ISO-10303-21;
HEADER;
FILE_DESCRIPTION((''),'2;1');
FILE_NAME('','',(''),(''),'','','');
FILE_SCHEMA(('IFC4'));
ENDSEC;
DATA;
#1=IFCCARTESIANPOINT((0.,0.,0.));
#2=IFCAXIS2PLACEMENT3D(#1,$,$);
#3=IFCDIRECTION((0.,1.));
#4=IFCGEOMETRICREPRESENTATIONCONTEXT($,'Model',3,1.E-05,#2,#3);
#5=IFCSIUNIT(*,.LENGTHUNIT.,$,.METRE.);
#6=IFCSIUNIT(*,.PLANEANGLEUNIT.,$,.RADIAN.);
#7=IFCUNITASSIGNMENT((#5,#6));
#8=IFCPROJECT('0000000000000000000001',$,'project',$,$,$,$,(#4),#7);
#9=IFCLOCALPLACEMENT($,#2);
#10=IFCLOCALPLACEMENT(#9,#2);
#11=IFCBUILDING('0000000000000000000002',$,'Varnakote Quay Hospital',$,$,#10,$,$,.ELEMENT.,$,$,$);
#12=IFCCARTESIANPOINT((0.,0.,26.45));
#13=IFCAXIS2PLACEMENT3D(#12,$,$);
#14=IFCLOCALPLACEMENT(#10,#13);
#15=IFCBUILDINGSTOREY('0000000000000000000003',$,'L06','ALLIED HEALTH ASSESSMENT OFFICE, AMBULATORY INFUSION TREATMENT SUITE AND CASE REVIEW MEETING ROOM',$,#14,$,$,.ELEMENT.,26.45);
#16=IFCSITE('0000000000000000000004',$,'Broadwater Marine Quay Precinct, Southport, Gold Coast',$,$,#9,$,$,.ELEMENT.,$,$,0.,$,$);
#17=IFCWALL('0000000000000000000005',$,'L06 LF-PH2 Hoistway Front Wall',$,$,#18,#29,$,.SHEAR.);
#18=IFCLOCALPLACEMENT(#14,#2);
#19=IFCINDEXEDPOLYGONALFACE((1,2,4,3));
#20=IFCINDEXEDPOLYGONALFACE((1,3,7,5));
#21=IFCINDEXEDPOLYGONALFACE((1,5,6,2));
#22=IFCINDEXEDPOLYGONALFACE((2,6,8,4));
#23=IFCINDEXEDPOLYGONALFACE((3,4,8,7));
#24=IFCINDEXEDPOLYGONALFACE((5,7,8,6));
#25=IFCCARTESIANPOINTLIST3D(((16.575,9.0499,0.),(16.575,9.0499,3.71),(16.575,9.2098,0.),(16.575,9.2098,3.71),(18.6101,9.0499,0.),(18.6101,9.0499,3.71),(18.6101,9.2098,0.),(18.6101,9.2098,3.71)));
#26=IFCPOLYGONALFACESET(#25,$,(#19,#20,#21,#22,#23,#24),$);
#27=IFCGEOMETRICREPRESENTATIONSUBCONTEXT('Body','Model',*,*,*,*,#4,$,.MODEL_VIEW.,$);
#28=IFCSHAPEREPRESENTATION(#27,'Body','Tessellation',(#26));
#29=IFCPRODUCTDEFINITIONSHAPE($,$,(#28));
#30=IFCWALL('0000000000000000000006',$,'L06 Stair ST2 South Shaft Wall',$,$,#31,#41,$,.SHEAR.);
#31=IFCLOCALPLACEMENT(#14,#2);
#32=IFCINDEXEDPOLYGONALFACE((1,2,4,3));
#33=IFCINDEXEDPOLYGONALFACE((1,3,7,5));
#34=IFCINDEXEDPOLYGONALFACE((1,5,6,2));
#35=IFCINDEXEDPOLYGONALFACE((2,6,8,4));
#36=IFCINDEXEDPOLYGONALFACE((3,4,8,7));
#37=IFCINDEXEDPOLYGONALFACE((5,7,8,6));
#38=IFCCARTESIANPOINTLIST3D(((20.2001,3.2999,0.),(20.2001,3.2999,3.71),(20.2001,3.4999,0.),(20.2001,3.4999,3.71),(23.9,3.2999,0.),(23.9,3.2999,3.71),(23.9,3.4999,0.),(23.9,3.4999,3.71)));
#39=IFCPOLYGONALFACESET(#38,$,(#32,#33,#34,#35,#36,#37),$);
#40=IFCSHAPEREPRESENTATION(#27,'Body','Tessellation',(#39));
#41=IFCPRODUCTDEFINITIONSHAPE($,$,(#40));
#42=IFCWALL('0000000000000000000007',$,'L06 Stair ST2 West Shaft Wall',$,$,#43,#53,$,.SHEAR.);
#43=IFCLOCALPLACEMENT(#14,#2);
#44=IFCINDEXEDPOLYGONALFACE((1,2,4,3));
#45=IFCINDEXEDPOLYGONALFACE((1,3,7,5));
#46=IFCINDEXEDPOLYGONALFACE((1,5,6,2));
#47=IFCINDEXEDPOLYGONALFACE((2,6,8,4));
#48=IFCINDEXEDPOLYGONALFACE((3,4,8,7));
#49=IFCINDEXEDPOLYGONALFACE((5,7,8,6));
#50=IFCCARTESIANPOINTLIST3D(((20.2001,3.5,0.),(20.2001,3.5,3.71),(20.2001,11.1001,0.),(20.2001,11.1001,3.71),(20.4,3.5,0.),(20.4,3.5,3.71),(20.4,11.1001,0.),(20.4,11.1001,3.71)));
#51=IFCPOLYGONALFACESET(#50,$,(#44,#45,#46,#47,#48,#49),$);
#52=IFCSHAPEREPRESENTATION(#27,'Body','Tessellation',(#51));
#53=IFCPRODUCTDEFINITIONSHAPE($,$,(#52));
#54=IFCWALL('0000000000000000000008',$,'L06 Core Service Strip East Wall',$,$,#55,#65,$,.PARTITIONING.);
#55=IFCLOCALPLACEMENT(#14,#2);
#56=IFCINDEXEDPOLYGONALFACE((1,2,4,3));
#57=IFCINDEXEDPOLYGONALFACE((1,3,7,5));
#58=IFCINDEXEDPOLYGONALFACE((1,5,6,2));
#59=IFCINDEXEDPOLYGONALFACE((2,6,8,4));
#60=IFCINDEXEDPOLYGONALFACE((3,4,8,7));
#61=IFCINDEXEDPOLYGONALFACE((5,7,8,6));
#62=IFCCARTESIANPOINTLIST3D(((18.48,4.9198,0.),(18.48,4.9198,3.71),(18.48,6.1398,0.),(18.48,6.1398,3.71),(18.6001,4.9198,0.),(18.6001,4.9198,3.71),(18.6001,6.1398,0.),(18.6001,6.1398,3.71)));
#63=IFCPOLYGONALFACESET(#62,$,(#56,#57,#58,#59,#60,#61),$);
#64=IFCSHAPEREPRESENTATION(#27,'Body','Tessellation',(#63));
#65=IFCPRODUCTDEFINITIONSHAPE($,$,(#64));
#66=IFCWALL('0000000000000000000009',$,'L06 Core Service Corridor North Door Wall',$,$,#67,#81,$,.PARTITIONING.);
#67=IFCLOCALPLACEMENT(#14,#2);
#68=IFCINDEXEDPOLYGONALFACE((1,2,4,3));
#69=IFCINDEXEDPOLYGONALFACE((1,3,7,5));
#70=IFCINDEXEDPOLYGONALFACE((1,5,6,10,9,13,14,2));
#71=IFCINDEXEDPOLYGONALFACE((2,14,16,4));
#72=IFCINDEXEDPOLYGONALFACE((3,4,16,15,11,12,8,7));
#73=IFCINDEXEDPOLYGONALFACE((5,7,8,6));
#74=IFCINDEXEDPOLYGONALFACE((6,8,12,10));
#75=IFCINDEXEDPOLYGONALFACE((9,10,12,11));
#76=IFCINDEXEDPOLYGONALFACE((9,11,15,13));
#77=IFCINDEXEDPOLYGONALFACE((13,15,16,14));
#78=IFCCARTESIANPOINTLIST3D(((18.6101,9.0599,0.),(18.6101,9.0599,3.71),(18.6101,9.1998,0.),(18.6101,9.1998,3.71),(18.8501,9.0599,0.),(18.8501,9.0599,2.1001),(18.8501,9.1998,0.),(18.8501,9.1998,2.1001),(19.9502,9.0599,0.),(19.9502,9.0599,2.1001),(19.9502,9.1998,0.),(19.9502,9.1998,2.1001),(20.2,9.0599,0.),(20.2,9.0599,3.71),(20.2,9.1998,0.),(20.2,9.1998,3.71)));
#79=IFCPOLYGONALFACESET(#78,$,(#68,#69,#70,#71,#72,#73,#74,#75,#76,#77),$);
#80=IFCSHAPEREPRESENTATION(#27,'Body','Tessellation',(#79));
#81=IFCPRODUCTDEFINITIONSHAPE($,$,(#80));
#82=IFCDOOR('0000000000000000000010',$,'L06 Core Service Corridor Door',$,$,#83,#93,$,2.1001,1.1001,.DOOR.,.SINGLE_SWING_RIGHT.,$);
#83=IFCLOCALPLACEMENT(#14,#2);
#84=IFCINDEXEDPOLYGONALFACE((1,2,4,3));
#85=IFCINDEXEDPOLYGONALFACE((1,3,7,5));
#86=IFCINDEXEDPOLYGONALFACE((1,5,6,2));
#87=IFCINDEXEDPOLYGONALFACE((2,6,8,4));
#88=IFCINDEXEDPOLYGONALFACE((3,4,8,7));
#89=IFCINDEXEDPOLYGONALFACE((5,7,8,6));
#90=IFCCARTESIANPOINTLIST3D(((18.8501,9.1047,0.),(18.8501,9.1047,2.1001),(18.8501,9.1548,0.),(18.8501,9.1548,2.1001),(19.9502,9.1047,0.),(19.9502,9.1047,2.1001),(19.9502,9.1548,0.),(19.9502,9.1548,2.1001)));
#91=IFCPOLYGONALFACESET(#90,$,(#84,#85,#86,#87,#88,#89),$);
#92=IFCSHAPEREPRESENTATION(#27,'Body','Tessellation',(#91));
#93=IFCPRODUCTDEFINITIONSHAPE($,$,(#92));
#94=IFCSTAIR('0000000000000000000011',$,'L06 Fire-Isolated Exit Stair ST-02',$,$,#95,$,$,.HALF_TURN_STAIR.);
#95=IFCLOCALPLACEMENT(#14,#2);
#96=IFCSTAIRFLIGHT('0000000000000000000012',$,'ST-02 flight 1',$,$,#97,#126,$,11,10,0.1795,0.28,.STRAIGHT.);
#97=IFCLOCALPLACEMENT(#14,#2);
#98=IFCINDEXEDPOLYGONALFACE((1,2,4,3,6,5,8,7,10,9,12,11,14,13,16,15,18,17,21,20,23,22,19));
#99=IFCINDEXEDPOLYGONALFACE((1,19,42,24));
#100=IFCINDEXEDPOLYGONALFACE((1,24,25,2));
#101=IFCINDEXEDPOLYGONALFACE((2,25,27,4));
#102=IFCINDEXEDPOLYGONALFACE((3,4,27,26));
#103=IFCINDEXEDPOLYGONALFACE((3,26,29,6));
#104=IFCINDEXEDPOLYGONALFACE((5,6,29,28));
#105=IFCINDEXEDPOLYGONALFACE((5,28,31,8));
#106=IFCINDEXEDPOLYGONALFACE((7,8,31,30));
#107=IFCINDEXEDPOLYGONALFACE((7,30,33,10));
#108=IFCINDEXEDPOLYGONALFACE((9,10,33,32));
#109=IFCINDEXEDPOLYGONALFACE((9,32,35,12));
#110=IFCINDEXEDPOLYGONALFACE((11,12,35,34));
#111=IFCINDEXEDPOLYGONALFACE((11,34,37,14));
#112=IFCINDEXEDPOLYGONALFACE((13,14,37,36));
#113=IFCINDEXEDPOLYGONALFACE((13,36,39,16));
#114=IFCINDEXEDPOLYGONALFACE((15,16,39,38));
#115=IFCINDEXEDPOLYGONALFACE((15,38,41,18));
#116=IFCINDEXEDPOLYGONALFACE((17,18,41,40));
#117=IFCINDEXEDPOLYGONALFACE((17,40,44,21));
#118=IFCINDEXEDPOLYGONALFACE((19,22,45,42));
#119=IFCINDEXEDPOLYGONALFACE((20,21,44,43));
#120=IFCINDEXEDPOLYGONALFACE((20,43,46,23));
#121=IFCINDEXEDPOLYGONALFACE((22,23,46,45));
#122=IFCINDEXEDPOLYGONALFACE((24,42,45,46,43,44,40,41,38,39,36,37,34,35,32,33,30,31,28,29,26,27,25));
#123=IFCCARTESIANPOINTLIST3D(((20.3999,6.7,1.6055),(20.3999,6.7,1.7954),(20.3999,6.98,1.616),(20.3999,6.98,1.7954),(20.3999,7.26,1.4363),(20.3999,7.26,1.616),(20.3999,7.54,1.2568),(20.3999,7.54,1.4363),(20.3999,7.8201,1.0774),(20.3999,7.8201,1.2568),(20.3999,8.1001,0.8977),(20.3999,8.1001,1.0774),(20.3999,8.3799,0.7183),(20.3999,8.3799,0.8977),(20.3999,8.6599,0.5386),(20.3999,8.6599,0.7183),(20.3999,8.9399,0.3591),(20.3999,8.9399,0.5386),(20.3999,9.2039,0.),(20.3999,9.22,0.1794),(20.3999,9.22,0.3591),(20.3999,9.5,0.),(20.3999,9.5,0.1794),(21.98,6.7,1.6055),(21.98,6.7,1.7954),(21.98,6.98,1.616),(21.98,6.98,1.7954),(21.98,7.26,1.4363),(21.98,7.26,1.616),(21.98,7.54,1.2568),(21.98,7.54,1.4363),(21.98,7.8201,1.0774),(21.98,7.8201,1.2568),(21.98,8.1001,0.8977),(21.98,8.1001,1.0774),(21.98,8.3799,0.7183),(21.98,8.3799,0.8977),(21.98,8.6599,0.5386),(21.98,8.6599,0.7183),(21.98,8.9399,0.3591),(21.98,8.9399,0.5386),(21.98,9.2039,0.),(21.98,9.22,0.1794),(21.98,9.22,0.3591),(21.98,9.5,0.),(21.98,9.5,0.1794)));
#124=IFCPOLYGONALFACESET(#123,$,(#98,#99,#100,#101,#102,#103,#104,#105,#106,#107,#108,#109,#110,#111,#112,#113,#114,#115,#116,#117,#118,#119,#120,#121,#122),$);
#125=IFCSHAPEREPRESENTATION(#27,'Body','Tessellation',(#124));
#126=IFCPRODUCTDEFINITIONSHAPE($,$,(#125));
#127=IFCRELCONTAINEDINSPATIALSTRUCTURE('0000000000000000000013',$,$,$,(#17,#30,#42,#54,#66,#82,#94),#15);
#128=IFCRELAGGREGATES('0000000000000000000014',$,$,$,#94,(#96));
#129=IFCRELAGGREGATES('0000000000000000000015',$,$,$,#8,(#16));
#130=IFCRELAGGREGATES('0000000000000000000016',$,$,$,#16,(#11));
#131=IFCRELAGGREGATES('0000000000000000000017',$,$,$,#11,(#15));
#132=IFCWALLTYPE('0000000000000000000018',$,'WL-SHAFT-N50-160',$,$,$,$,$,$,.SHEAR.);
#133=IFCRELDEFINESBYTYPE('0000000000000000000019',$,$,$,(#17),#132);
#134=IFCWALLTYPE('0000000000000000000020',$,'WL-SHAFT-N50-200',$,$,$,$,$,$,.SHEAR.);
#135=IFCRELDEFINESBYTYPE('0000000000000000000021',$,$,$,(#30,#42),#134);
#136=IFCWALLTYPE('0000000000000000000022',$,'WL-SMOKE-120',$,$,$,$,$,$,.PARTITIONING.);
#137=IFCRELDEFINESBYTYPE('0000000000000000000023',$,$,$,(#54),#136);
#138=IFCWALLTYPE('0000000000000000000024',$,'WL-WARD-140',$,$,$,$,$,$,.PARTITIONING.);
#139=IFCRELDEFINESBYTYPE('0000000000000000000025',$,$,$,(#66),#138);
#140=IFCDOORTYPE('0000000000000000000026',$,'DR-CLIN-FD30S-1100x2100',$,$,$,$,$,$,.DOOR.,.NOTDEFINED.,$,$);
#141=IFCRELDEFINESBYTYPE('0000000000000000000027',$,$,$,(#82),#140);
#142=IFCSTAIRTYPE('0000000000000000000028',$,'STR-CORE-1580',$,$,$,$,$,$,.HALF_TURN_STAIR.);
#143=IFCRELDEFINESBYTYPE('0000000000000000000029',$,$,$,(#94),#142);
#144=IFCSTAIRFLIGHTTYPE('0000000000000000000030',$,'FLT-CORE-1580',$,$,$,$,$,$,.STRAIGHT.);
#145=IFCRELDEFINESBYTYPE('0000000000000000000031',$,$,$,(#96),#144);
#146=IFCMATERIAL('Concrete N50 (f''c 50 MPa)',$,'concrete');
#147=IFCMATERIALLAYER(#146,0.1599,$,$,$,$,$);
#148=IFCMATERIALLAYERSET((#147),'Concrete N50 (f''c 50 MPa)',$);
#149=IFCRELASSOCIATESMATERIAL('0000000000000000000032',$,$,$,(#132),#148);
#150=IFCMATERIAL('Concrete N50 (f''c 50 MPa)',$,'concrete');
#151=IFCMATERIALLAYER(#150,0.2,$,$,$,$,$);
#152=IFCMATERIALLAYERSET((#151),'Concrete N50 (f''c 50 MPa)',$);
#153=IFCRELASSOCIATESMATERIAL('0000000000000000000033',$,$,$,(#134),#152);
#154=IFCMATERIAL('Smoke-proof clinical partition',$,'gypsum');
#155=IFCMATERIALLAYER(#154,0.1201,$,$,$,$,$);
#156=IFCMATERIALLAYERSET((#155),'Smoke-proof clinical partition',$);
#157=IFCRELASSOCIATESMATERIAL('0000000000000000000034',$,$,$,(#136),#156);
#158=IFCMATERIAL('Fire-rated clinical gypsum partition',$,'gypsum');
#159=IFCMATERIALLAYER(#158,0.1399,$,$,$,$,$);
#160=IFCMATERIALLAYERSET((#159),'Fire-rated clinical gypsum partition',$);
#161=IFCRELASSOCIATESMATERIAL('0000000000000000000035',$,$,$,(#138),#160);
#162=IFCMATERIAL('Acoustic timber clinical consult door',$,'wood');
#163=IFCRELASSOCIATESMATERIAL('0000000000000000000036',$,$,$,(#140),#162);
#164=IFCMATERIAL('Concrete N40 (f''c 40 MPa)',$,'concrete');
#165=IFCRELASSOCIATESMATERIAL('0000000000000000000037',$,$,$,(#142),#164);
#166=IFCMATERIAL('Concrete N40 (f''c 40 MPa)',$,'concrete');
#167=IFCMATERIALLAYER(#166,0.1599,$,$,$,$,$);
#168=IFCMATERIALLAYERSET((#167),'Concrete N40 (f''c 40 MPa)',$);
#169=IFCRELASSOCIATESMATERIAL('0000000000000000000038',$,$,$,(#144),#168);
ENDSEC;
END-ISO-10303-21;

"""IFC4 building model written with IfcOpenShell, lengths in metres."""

from ifc_helpers import new_model, si_unit, direction, frame, frame_2d, origin, place, context, subcontext, project, spatial, polyline, rectangle, outline, extrude, material, layer, layer_set, type_object, element, fill, aggregate, save


model = new_model("IFC4")

# Units and contexts
model_context = context("Model", 3, precision=1e-05, world=origin(), true_north=direction((0.0, 1.0)))
body_context = subcontext(model_context, "Body", "Model", "MODEL_VIEW")
ifc_project = project(units=[si_unit("LENGTHUNIT", "METRE"), si_unit("PLANEANGLEUNIT", "RADIAN")], contexts=[model_context])

# Site, building, storey
site_placement = place(None, origin())
site = spatial("IfcSite", under=ifc_project, at=site_placement, Name="Broadwater Marine Quay Precinct, Southport, Gold Coast", CompositionType="ELEMENT", RefElevation=0.0)
building_placement = place(site_placement, origin())
building = spatial("IfcBuilding", under=site, at=building_placement, Name="Varnakote Quay Hospital", CompositionType="ELEMENT")
storey_placement = place(building_placement, frame((0.0, 0.0, 26.45)))
storey = spatial("IfcBuildingStorey", under=building, at=storey_placement, Name="L06", Description="ALLIED HEALTH ASSESSMENT OFFICE, AMBULATORY INFUSION TREATMENT SUITE AND CASE REVIEW MEETING ROOM", CompositionType="ELEMENT", Elevation=26.45)

# Walls
ifc_material_1 = material(Name="Concrete N50 (f'c 50 MPa)", Category="concrete")
ifc_layer_1 = layer(ifc_material_1, 0.1599)
ifc_layer_set_1 = layer_set([ifc_layer_1], Name="Concrete N50 (f'c 50 MPa)")
wall_type_1 = type_object("IfcWallType", Name="WL-SHAFT-N50-160", PredefinedType="SHEAR", material=ifc_layer_set_1)
wall_1_placement = place(storey_placement, frame((16.575, 9.1299, 0.0), z_axis=(0.0, 0.0, 1.0), x_axis=(1.0, 0.0, 0.0)))
element("IfcWall", 1, at=wall_1_placement, inside=storey, type_object=wall_type_1, Name="L06 LF-PH2 Hoistway Front Wall", PredefinedType="SHEAR", context=body_context, shape_type="SweptSolid", body=[
    extrude(rectangle(XDim=2.0352, YDim=0.1599, at=frame_2d((1.0176, 0.0))), origin(), (0.0, 0.0, 1.0), 3.71),
])
ifc_material_2 = material(Name="Concrete N50 (f'c 50 MPa)", Category="concrete")
ifc_layer_2 = layer(ifc_material_2, 0.2)
ifc_layer_set_2 = layer_set([ifc_layer_2], Name="Concrete N50 (f'c 50 MPa)")
wall_type_2 = type_object("IfcWallType", Name="WL-SHAFT-N50-200", PredefinedType="SHEAR", material=ifc_layer_set_2)
wall_2_placement = place(storey_placement, frame((20.2, 3.3999, 0.0), z_axis=(0.0, 0.0, 1.0), x_axis=(1.0, 0.0, 0.0)))
element("IfcWall", 2, at=wall_2_placement, inside=storey, type_object=wall_type_2, Name="L06 Stair ST2 South Shaft Wall", PredefinedType="SHEAR", context=body_context, shape_type="SweptSolid", body=[
    extrude(rectangle(XDim=3.7, YDim=0.2, at=frame_2d((1.8501, 0.0))), origin(), (0.0, 0.0, 1.0), 3.71),
])
wall_3_placement = place(storey_placement, frame((20.3, 3.5, 0.0), z_axis=(0.0, 0.0, 1.0), x_axis=(0.0, 1.0, 0.0)))
element("IfcWall", 3, at=wall_3_placement, inside=storey, type_object=wall_type_2, Name="L06 Stair ST2 West Shaft Wall", PredefinedType="SHEAR", context=body_context, shape_type="SweptSolid", body=[
    extrude(rectangle(XDim=7.6001, YDim=0.2, at=frame_2d((3.8, 0.0))), origin(), (0.0, 0.0, 1.0), 3.71),
])

# Wall
ifc_material_3 = material(Name="Smoke-proof clinical partition", Category="gypsum")
ifc_layer_3 = layer(ifc_material_3, 0.1201)
ifc_layer_set_3 = layer_set([ifc_layer_3], Name="Smoke-proof clinical partition")
wall_type_3 = type_object("IfcWallType", Name="WL-SMOKE-120", PredefinedType="PARTITIONING", material=ifc_layer_set_3)
wall_4_placement = place(storey_placement, frame((18.54, 4.9199, 0.0), z_axis=(0.0, 0.0, 1.0), x_axis=(0.0, 1.0, 0.0)))
element("IfcWall", 4, at=wall_4_placement, inside=storey, type_object=wall_type_3, Name="L06 Core Service Strip East Wall", PredefinedType="PARTITIONING", context=body_context, shape_type="SweptSolid", body=[
    extrude(rectangle(XDim=1.22, YDim=0.1201, at=frame_2d((0.6099, 0.0))), origin(), (0.0, 0.0, 1.0), 3.71),
])

# Wall, opening, door
ifc_material_4 = material(Name="Fire-rated clinical gypsum partition", Category="gypsum")
ifc_layer_4 = layer(ifc_material_4, 0.1399)
ifc_layer_set_4 = layer_set([ifc_layer_4], Name="Fire-rated clinical gypsum partition")
wall_type_4 = type_object("IfcWallType", Name="WL-WARD-140", PredefinedType="PARTITIONING", material=ifc_layer_set_4)
wall_5_placement = place(storey_placement, frame((18.6101, 9.1299, 0.0), z_axis=(0.0, 0.0, 1.0), x_axis=(1.0, 0.0, 0.0)))
wall_5 = element("IfcWall", 5, at=wall_5_placement, inside=storey, type_object=wall_type_4, Name="L06 Core Service Corridor North Door Wall", PredefinedType="PARTITIONING", context=body_context, shape_type="SweptSolid", body=[
    extrude(rectangle(XDim=1.5898, YDim=0.1399, at=frame_2d((0.7949, 0.0))), origin(), (0.0, 0.0, 1.0), 3.71),
])
opening_1_placement = place(wall_5_placement, frame((0.24, 0.0, 0.0)))
opening_1 = element("IfcOpeningElement", 6, at=opening_1_placement, cuts=wall_5, PredefinedType="OPENING", context=body_context, shape_type="SweptSolid", body=[
    extrude(rectangle(XDim=1.1001, YDim=2.1001, at=frame_2d((0.55, 1.05))), frame((0.0, 0.0798, 0.0), z_axis=(0.0, -1.0, 0.0), x_axis=(1.0, 0.0, 0.0)), (0.0, 0.0, 1.0), 0.1599),
])
ifc_material_5 = material(Name="Acoustic timber clinical consult door", Category="wood")
door_type_1 = type_object("IfcDoorType", Name="DR-CLIN-FD30S-1100x2100", OperationType="NOTDEFINED", PredefinedType="DOOR", material=ifc_material_5)
door_1_placement = place(opening_1_placement, origin())
door_1 = element("IfcDoor", 7, at=door_1_placement, inside=storey, type_object=door_type_1, Name="L06 Core Service Corridor Door", OperationType="SINGLE_SWING_RIGHT", OverallHeight=2.1001, OverallWidth=1.1001, PredefinedType="DOOR", context=body_context, shape_type="SweptSolid", body=[
    extrude(rectangle(XDim=1.1001, YDim=2.1001, at=frame_2d((0.55, 1.05))), frame((0.0, 0.0249, 0.0), z_axis=(0.0, -1.0, 0.0), x_axis=(1.0, 0.0, 0.0)), (0.0, 0.0, 1.0), 0.05),
])
fill(opening_1, door_1)

# Stair, stair flight
ifc_material_6 = material(Name="Concrete N40 (f'c 40 MPa)", Category="concrete")
stair_type = type_object("IfcStairType", Name="STR-CORE-1580", PredefinedType="HALF_TURN_STAIR", material=ifc_material_6)
stair_placement = place(storey_placement, origin())
stair = element("IfcStair", 8, at=stair_placement, inside=storey, type_object=stair_type, Name="L06 Fire-Isolated Exit Stair ST-02", PredefinedType="HALF_TURN_STAIR")
ifc_material_7 = material(Name="Concrete N40 (f'c 40 MPa)", Category="concrete")
ifc_layer_5 = layer(ifc_material_7, 0.1599)
ifc_layer_set_5 = layer_set([ifc_layer_5], Name="Concrete N40 (f'c 40 MPa)")
stair_flight_type = type_object("IfcStairFlightType", Name="FLT-CORE-1580", PredefinedType="STRAIGHT", material=ifc_layer_set_5)
stair_flight_placement = place(storey_placement, frame((21.1899, 9.5, 0.0), z_axis=(0.0, 0.0, 1.0), x_axis=(0.0, -1.0, 0.0)))
stair_flight = element("IfcStairFlight", 9, at=stair_flight_placement, type_object=stair_flight_type, Name="ST-02 flight 1", NumberOfRisers=11, NumberOfTreads=10, PredefinedType="STRAIGHT", RiserHeight=0.1795, TreadLength=0.28, context=body_context, shape_type="SweptSolid", body=[
    extrude(outline(polyline([(0.0, 0.0), (0.0, 0.1794), (0.28, 0.1794), (0.28, 0.3591), (0.5601, 0.3591), (0.5601, 0.5386), (0.8401, 0.5386), (0.8401, 0.7183), (1.1201, 0.7183), (1.1201, 0.8977), (1.3999, 0.8977), (1.3999, 1.0774), (1.6799, 1.0774), (1.6799, 1.2568), (1.96, 1.2568), (1.96, 1.4363), (2.24, 1.4363), (2.24, 1.616), (2.52, 1.616), (2.52, 1.7954), (2.8, 1.7954), (2.8, 1.9751), (2.8, 1.6055), (0.2961, 0.0), (0.0, 0.0)])), frame((0.0, 0.79, 0.0), z_axis=(0.0, -1.0, 0.0), x_axis=(1.0, 0.0, 0.0)), (0.0, 0.0, 1.0), 1.5801),
])
aggregate(stair, [stair_flight])

save(model, "model.ifc")
